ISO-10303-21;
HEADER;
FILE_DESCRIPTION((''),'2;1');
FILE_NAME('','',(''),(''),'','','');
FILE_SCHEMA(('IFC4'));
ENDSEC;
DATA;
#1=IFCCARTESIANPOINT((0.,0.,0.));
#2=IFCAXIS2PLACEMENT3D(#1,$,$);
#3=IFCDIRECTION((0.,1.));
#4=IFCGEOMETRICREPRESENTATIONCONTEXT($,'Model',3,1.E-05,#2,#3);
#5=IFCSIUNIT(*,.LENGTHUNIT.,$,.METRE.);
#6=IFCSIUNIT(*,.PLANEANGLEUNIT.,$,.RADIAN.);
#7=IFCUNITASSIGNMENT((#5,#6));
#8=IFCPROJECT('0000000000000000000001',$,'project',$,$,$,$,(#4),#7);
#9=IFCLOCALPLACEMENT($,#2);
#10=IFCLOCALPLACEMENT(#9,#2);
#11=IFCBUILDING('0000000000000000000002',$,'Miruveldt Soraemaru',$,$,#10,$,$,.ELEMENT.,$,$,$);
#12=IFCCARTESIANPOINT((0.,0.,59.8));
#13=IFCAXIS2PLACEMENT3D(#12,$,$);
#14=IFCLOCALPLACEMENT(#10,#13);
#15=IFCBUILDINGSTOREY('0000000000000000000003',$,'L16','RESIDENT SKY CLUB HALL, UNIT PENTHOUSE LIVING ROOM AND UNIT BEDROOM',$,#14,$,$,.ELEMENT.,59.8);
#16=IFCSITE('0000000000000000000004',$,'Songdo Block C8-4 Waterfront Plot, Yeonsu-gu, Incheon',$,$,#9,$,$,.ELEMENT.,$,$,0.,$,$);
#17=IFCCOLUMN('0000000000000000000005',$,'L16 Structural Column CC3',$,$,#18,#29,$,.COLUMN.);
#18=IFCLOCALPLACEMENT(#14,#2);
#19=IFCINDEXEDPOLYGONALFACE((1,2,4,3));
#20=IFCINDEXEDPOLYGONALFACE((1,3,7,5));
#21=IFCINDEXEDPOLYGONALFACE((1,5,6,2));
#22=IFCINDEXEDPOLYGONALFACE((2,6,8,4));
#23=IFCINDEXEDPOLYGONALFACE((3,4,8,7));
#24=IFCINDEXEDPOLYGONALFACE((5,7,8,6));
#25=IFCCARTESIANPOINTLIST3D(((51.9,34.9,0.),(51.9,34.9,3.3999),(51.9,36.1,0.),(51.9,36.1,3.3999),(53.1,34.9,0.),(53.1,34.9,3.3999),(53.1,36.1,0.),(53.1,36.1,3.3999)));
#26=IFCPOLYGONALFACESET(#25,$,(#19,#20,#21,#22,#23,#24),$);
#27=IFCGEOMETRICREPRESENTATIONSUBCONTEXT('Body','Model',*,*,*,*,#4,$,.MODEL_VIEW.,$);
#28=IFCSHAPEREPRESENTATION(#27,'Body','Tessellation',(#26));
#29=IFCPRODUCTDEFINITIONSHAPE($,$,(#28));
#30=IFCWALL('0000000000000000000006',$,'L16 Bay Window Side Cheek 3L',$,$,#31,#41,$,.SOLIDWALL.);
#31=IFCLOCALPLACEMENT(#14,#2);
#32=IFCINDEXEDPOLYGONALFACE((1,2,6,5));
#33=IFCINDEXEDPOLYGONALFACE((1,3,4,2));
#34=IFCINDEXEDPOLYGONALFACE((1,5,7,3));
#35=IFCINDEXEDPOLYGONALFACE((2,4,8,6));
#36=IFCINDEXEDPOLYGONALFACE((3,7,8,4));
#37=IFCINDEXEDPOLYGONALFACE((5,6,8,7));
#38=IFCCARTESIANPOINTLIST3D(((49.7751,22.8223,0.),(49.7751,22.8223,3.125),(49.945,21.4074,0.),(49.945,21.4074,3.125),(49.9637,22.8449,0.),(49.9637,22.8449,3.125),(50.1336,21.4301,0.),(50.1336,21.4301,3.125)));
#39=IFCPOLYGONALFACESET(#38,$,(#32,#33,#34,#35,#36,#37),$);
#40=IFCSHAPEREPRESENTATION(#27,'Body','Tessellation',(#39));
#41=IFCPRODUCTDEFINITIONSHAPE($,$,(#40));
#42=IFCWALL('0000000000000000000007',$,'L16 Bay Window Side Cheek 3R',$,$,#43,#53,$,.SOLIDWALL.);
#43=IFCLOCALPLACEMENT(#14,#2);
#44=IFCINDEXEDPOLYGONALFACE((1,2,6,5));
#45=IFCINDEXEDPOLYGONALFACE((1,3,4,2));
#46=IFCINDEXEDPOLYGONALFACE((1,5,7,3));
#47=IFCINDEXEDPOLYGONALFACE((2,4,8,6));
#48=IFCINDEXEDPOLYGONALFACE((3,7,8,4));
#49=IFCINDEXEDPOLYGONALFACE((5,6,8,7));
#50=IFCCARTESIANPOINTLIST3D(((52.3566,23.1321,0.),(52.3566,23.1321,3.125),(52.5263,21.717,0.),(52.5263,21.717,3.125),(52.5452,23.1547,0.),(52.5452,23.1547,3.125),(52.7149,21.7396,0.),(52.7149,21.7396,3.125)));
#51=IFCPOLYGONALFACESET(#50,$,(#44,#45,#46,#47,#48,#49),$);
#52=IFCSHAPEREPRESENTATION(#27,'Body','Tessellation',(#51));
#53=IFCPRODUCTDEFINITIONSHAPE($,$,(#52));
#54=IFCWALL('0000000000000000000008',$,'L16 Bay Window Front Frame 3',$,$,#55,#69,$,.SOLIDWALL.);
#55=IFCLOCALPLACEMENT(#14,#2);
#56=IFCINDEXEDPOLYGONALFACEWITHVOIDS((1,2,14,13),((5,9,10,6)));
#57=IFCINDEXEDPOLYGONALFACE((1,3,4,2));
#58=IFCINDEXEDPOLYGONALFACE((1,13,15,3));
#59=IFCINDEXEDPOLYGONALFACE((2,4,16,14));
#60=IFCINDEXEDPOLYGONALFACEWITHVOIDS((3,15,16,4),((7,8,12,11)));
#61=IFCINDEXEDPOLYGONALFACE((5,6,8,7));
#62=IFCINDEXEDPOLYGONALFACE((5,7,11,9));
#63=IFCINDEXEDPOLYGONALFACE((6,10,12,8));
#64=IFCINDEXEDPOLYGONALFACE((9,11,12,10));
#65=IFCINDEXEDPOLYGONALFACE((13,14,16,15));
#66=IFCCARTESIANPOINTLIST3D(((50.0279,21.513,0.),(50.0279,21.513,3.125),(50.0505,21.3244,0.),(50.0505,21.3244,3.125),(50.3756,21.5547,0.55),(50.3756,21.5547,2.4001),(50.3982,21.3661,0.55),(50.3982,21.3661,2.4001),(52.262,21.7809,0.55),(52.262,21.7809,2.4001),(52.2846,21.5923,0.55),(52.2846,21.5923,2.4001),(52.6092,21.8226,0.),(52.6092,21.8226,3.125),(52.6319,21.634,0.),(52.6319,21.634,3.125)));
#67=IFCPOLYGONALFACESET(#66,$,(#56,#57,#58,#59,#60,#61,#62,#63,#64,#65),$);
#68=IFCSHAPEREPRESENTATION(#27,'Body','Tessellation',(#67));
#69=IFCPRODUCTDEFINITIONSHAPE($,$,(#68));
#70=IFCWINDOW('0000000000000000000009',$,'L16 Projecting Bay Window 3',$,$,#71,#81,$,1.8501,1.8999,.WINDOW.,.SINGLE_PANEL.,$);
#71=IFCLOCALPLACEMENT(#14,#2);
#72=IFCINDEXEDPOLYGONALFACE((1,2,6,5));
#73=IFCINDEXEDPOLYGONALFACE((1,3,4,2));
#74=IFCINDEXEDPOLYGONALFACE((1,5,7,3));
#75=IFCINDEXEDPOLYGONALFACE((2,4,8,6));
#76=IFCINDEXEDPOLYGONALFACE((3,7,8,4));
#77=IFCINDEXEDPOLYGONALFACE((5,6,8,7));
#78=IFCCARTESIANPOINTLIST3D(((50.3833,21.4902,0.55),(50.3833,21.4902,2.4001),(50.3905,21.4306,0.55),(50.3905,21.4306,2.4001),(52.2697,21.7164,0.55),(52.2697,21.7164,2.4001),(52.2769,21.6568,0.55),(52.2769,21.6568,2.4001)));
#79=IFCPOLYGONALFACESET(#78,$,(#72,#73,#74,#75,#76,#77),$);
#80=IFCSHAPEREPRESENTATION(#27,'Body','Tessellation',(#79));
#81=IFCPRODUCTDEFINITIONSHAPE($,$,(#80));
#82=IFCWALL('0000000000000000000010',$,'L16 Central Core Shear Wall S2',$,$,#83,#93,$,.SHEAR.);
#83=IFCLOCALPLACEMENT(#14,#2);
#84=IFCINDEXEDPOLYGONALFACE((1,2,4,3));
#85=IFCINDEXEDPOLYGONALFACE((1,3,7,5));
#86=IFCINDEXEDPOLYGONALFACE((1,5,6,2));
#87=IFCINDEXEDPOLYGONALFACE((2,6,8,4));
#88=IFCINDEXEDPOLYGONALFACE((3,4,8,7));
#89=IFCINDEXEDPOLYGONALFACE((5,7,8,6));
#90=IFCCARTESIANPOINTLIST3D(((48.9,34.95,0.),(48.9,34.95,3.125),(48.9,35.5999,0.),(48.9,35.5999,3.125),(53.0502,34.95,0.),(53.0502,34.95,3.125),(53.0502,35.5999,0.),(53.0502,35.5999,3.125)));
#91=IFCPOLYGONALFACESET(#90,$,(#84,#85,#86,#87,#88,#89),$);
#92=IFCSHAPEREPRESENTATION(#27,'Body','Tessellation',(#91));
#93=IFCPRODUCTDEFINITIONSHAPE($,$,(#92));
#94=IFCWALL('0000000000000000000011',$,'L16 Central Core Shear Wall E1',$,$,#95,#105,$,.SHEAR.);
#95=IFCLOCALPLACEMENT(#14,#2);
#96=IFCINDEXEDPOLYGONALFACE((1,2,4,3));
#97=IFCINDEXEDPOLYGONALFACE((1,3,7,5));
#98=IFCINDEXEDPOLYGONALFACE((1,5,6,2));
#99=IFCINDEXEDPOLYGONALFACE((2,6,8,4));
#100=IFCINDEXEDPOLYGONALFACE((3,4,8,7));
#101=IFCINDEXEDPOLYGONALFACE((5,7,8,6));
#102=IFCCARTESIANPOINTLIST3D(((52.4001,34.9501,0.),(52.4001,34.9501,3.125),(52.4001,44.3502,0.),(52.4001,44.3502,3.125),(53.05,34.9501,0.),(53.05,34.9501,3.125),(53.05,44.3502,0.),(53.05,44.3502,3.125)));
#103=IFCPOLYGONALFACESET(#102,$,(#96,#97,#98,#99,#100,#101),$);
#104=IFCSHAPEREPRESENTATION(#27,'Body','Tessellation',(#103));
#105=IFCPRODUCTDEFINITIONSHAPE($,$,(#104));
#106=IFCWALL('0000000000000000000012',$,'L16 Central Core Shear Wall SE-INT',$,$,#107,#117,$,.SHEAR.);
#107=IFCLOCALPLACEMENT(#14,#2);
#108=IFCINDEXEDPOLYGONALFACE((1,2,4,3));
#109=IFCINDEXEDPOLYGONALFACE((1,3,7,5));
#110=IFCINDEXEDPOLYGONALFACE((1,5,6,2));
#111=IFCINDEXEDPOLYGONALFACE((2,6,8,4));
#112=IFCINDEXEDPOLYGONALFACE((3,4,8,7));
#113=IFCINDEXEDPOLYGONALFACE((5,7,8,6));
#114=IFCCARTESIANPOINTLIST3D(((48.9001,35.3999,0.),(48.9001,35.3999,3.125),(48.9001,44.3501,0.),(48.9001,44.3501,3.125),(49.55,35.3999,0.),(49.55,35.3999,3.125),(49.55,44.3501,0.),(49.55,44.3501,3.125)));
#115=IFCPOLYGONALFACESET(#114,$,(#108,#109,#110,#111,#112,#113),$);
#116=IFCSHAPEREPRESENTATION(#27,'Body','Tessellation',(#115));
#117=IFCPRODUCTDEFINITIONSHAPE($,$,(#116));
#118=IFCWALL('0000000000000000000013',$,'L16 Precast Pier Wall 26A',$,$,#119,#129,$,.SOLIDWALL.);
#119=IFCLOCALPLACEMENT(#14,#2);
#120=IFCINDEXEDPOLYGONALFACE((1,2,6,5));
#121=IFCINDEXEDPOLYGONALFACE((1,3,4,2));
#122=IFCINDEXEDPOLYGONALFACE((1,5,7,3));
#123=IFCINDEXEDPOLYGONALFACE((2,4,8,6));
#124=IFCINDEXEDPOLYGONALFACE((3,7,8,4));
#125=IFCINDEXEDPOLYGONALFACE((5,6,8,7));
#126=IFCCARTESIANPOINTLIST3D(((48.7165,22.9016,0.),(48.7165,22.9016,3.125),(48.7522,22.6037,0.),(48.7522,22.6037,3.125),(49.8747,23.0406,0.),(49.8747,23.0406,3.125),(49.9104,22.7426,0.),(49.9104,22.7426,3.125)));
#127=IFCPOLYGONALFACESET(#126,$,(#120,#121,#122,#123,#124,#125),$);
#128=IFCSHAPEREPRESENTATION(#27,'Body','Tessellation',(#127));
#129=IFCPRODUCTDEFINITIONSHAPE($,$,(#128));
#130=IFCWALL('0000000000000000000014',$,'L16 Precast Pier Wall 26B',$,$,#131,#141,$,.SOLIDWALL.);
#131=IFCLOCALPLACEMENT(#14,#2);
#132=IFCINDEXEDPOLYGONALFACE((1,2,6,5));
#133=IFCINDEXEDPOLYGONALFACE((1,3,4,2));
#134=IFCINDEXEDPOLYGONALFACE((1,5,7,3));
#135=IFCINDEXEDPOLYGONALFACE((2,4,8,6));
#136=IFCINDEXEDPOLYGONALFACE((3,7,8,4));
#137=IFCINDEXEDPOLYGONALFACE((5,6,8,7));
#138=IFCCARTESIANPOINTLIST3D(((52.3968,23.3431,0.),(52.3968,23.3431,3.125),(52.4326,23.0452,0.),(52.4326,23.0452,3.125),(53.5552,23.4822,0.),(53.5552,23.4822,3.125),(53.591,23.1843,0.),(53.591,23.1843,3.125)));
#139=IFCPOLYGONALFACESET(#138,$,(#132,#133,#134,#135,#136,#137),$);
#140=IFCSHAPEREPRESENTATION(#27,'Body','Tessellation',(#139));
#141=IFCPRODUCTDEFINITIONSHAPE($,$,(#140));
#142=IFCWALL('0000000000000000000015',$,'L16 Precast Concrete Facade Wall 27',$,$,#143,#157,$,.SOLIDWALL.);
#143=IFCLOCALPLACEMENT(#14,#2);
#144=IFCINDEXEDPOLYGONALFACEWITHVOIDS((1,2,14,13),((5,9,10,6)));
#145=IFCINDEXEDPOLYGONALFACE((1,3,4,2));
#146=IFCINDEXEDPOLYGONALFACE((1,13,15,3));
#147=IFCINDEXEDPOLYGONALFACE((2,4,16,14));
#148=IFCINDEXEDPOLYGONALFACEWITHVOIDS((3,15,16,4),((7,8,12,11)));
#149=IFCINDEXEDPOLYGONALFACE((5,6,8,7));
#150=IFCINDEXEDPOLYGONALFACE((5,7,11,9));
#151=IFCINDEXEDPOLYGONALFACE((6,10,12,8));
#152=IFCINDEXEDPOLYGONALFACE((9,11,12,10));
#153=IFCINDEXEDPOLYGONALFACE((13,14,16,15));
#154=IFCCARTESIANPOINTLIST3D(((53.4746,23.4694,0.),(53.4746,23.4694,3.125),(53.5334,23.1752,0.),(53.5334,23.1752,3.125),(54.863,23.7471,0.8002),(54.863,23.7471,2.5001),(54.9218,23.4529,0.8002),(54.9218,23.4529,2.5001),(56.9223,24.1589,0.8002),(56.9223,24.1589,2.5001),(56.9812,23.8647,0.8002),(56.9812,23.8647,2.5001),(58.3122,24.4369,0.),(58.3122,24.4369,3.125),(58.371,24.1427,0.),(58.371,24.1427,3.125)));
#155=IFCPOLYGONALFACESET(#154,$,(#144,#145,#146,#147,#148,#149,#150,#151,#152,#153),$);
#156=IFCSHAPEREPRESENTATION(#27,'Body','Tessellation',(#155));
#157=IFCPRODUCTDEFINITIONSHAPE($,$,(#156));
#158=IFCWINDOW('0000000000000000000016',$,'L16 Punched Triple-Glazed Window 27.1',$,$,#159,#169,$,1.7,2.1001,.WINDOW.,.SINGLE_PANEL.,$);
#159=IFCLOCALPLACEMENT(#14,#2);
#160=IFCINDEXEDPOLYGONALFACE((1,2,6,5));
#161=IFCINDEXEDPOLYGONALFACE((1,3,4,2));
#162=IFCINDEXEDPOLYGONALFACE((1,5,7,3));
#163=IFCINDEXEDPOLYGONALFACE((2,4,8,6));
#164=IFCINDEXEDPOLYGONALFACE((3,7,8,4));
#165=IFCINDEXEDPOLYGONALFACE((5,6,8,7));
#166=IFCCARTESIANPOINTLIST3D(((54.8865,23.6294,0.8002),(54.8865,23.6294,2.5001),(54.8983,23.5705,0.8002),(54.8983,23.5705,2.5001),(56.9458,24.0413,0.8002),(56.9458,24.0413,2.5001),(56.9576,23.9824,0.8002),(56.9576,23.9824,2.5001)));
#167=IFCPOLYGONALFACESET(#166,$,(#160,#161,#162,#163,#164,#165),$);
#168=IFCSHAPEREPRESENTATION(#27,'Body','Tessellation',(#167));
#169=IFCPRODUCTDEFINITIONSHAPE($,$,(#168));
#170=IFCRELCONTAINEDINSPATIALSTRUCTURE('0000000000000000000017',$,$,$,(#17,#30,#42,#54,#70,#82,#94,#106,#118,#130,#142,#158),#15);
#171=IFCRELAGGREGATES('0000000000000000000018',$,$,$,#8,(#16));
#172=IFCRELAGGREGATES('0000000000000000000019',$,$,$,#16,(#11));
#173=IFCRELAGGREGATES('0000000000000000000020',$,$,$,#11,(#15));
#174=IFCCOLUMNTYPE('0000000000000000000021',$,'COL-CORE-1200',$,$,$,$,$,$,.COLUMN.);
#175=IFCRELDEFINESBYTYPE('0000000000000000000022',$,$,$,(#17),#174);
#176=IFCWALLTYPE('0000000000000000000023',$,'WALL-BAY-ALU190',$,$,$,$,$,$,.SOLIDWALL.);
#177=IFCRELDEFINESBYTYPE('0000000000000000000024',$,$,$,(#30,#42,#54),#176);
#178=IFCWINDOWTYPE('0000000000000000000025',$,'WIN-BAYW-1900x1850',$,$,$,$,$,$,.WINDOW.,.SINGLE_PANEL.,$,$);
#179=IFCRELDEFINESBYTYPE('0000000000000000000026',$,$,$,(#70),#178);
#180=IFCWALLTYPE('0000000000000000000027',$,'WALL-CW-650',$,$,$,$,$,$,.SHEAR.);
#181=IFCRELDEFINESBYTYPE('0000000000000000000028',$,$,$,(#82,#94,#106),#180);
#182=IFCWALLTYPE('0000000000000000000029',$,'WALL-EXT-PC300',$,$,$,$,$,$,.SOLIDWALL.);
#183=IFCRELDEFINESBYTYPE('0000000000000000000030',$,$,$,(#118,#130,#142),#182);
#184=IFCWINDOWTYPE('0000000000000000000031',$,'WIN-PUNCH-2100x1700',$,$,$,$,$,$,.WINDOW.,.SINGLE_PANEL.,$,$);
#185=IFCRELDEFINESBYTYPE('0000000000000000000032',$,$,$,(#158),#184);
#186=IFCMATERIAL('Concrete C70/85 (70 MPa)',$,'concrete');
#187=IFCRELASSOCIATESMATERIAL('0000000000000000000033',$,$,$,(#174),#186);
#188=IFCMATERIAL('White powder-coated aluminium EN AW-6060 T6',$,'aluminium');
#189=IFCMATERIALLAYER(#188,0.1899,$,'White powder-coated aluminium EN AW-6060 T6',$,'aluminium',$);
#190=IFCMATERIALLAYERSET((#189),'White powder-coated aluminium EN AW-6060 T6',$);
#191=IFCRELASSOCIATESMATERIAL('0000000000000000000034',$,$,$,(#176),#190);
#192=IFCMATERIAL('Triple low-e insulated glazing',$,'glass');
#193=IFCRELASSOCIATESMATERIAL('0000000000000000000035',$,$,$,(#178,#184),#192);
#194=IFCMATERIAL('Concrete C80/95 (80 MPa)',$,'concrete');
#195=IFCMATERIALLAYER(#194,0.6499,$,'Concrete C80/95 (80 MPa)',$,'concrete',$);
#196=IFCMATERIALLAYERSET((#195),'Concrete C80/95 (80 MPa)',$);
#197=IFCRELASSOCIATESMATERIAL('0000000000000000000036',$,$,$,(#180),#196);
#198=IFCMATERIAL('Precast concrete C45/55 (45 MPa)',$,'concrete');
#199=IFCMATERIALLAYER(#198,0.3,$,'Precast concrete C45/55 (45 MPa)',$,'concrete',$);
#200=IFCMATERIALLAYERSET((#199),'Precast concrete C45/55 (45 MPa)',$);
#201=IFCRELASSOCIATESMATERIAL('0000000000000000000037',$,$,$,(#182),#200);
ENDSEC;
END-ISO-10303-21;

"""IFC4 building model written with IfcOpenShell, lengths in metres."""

from ifc_helpers import new_model, si_unit, direction, frame, frame_2d, origin, origin_2d, place, context, subcontext, project, spatial, rectangle, extrude, material, layer, layer_set, material_profile, profile_set, type_object, element, fill, save


model = new_model("IFC4")

# Units and contexts
model_context = context("Model", 3, precision=1e-05, world=origin(), true_north=direction((0.0, 1.0)))
body_context = subcontext(model_context, "Body", "Model", "MODEL_VIEW")
ifc_project = project(units=[si_unit("LENGTHUNIT", "METRE"), si_unit("PLANEANGLEUNIT", "RADIAN")], contexts=[model_context])

# Site, building, storey
site_placement = place(None, origin())
site = spatial("IfcSite", under=ifc_project, at=site_placement, Name="Songdo Block C8-4 Waterfront Plot, Yeonsu-gu, Incheon", CompositionType="ELEMENT", RefElevation=0.0)
building_placement = place(site_placement, origin())
building = spatial("IfcBuilding", under=site, at=building_placement, Name="Miruveldt Soraemaru", CompositionType="ELEMENT")
storey_placement = place(building_placement, frame((0.0, 0.0, 59.8)))
storey = spatial("IfcBuildingStorey", under=building, at=storey_placement, Name="L16", Description="RESIDENT SKY CLUB HALL, UNIT PENTHOUSE LIVING ROOM AND UNIT BEDROOM", CompositionType="ELEMENT", Elevation=59.8)

# Column
ifc_material_1 = material(Name="Concrete C70/85 (70 MPa)", Category="concrete")
ifc_material_profile = material_profile(ifc_material_1, rectangle(XDim=1.2, YDim=1.2, at=origin_2d()), Name="Concrete C70/85 (70 MPa)", Category="concrete")
ifc_profile_set = profile_set([ifc_material_profile], Name="Concrete C70/85 (70 MPa)")
column_type = type_object("IfcColumnType", Name="COL-CORE-1200", PredefinedType="COLUMN", material=ifc_profile_set)
column_placement = place(storey_placement, frame((52.5, 35.5, 0.0), z_axis=(0.0, 0.0, 1.0), x_axis=(1.0, 0.0, 0.0)))
element("IfcColumn", 1, at=column_placement, inside=storey, type_object=column_type, Name="L16 Structural Column CC3", PredefinedType="COLUMN", context=body_context, shape_type="SweptSolid", body=[
    extrude(rectangle(XDim=1.2, YDim=1.2, at=origin_2d()), origin(), (0.0, 0.0, 1.0), 3.3999),
])

# Walls
ifc_material_2 = material(Name="White powder-coated aluminium EN AW-6060 T6", Category="aluminium")
ifc_layer_1 = layer(ifc_material_2, 0.1899, Name="White powder-coated aluminium EN AW-6060 T6", Category="aluminium")
ifc_layer_set_1 = layer_set([ifc_layer_1], Name="White powder-coated aluminium EN AW-6060 T6")
wall_type_1 = type_object("IfcWallType", Name="WALL-BAY-ALU190", PredefinedType="SOLIDWALL", material=ifc_layer_set_1)
wall_1_placement = place(storey_placement, frame((49.8694, 22.8335, 0.0), z_axis=(0.0, 0.0, 1.0), x_axis=(0.119247, -0.992865, 0.0)))
element("IfcWall", 2, at=wall_1_placement, inside=storey, type_object=wall_type_1, Name="L16 Bay Window Side Cheek 3L", PredefinedType="SOLIDWALL", context=body_context, shape_type="SweptSolid", body=[
    extrude(rectangle(XDim=1.425, YDim=0.1899, at=frame_2d((0.7124, 0.0))), origin(), (0.0, 0.0, 1.0), 3.125),
])
wall_2_placement = place(storey_placement, frame((52.6206, 21.7283, 0.0), z_axis=(0.0, 0.0, 1.0), x_axis=(-0.119057, 0.992887, 0.0)))
element("IfcWall", 3, at=wall_2_placement, inside=storey, type_object=wall_type_1, Name="L16 Bay Window Side Cheek 3R", PredefinedType="SOLIDWALL", context=body_context, shape_type="SweptSolid", body=[
    extrude(rectangle(XDim=1.4253, YDim=0.1899, at=frame_2d((0.7126, 0.0))), origin(), (0.0, 0.0, 1.0), 3.125),
])

# Wall, opening, window
wall_3_placement = place(storey_placement, frame((50.0393, 21.4187, 0.0), z_axis=(0.0, 0.0, 1.0), x_axis=(0.992885, 0.119075, 0.0)))
wall_3 = element("IfcWall", 4, at=wall_3_placement, inside=storey, type_object=wall_type_1, Name="L16 Bay Window Front Frame 3", PredefinedType="SOLIDWALL", context=body_context, shape_type="SweptSolid", body=[
    extrude(rectangle(XDim=2.5999, YDim=0.1899, at=frame_2d((1.2998, 0.0))), origin(), (0.0, 0.0, 1.0), 3.125),
])
opening_1_placement = place(wall_3_placement, frame((0.3501, 0.0, 0.55)))
opening_1 = element("IfcOpeningElement", 5, at=opening_1_placement, cuts=wall_3, PredefinedType="OPENING", context=body_context, shape_type="SweptSolid", body=[
    extrude(rectangle(XDim=1.8999, YDim=1.8501, at=frame_2d((0.95, 0.925))), frame((0.0, 0.105, 0.0), z_axis=(0.0, -1.0, 0.0), x_axis=(1.0, 0.0, 0.0)), (0.0, 0.0, 1.0), 0.21),
])
ifc_material_3 = material(Name="Triple low-e insulated glazing", Category="glass")
window_type_1 = type_object("IfcWindowType", Name="WIN-BAYW-1900x1850", PartitioningType="SINGLE_PANEL", PredefinedType="WINDOW", material=ifc_material_3)
window_1_placement = place(opening_1_placement, origin())
window_1 = element("IfcWindow", 6, at=window_1_placement, inside=storey, type_object=window_type_1, Name="L16 Projecting Bay Window 3", OverallHeight=1.8501, OverallWidth=1.8999, PartitioningType="SINGLE_PANEL", PredefinedType="WINDOW", context=body_context, shape_type="SweptSolid", body=[
    extrude(rectangle(XDim=1.8999, YDim=1.8501, at=frame_2d((0.95, 0.925))), frame((0.0, 0.03, 0.0), z_axis=(0.0, -1.0, 0.0), x_axis=(1.0, 0.0, 0.0)), (0.0, 0.0, 1.0), 0.0601),
])
fill(opening_1, window_1)

# Walls
ifc_material_4 = material(Name="Concrete C80/95 (80 MPa)", Category="concrete")
ifc_layer_2 = layer(ifc_material_4, 0.6499, Name="Concrete C80/95 (80 MPa)", Category="concrete")
ifc_layer_set_2 = layer_set([ifc_layer_2], Name="Concrete C80/95 (80 MPa)")
wall_type_2 = type_object("IfcWallType", Name="WALL-CW-650", PredefinedType="SHEAR", material=ifc_layer_set_2)
wall_4_placement = place(storey_placement, frame((48.8999, 35.2749, 0.0), z_axis=(0.0, 0.0, 1.0), x_axis=(1.0, 0.0, 0.0)))
element("IfcWall", 7, at=wall_4_placement, inside=storey, type_object=wall_type_2, Name="L16 Central Core Shear Wall S2", PredefinedType="SHEAR", context=body_context, shape_type="SweptSolid", body=[
    extrude(rectangle(XDim=4.1501, YDim=0.6499, at=frame_2d((2.0752, 0.0))), origin(), (0.0, 0.0, 1.0), 3.125),
])
wall_5_placement = place(storey_placement, frame((52.7251, 34.95, 0.0), z_axis=(0.0, 0.0, 1.0), x_axis=(0.0, 1.0, 0.0)))
element("IfcWall", 8, at=wall_5_placement, inside=storey, type_object=wall_type_2, Name="L16 Central Core Shear Wall E1", PredefinedType="SHEAR", context=body_context, shape_type="SweptSolid", body=[
    extrude(rectangle(XDim=9.4001, YDim=0.6499, at=frame_2d((4.7002, 0.0))), origin(), (0.0, 0.0, 1.0), 3.125),
])
wall_6_placement = place(storey_placement, frame((49.2251, 35.3999, 0.0), z_axis=(0.0, 0.0, 1.0), x_axis=(0.0, 1.0, 0.0)))
element("IfcWall", 9, at=wall_6_placement, inside=storey, type_object=wall_type_2, Name="L16 Central Core Shear Wall SE-INT", PredefinedType="SHEAR", context=body_context, shape_type="SweptSolid", body=[
    extrude(rectangle(XDim=8.9502, YDim=0.6499, at=frame_2d((4.4751, 0.0))), origin(), (0.0, 0.0, 1.0), 3.125),
])
ifc_material_5 = material(Name="Precast concrete C45/55 (45 MPa)", Category="concrete")
ifc_layer_3 = layer(ifc_material_5, 0.3, Name="Precast concrete C45/55 (45 MPa)", Category="concrete")
ifc_layer_set_3 = layer_set([ifc_layer_3], Name="Precast concrete C45/55 (45 MPa)")
wall_type_3 = type_object("IfcWallType", Name="WALL-EXT-PC300", PredefinedType="SOLIDWALL", material=ifc_layer_set_3)
wall_7_placement = place(storey_placement, frame((48.7344, 22.7527, 0.0), z_axis=(0.0, 0.0, 1.0), x_axis=(0.992884, 0.119087, 0.0)))
element("IfcWall", 10, at=wall_7_placement, inside=storey, type_object=wall_type_3, Name="L16 Precast Pier Wall 26A", PredefinedType="SOLIDWALL", context=body_context, shape_type="SweptSolid", body=[
    extrude(rectangle(XDim=1.1665, YDim=0.3, at=frame_2d((0.5833, 0.0))), origin(), (0.0, 0.0, 1.0), 3.125),
])
wall_8_placement = place(storey_placement, frame((52.4146, 23.1941, 0.0), z_axis=(0.0, 0.0, 1.0), x_axis=(0.992862, 0.119269, 0.0)))
element("IfcWall", 11, at=wall_8_placement, inside=storey, type_object=wall_type_3, Name="L16 Precast Pier Wall 26B", PredefinedType="SOLIDWALL", context=body_context, shape_type="SweptSolid", body=[
    extrude(rectangle(XDim=1.1667, YDim=0.3, at=frame_2d((0.5835, 0.0))), origin(), (0.0, 0.0, 1.0), 3.125),
])

# Wall, opening, window
wall_9_placement = place(storey_placement, frame((53.5039, 23.3223, 0.0), z_axis=(0.0, 0.0, 1.0), x_axis=(0.980581, 0.196116, 0.0)))
wall_9 = element("IfcWall", 12, at=wall_9_placement, inside=storey, type_object=wall_type_3, Name="L16 Precast Concrete Facade Wall 27", PredefinedType="SOLIDWALL", context=body_context, shape_type="SweptSolid", body=[
    extrude(rectangle(XDim=4.9333, YDim=0.3, at=frame_2d((2.4668, 0.0))), origin(), (0.0, 0.0, 1.0), 3.125),
])
opening_2_placement = place(wall_9_placement, frame((1.416, 0.0, 0.8)))
opening_2 = element("IfcOpeningElement", 13, at=opening_2_placement, cuts=wall_9, PredefinedType="OPENING", context=body_context, shape_type="SweptSolid", body=[
    extrude(rectangle(XDim=2.1001, YDim=1.7, at=frame_2d((1.05, 0.8501))), frame((0.0, 0.1602, 0.0), z_axis=(0.0, -1.0, 0.0), x_axis=(1.0, 0.0, 0.0)), (0.0, 0.0, 1.0), 0.3201),
])
window_type_2 = type_object("IfcWindowType", Name="WIN-PUNCH-2100x1700", PartitioningType="SINGLE_PANEL", PredefinedType="WINDOW", material=ifc_material_3)
window_2_placement = place(opening_2_placement, origin())
window_2 = element("IfcWindow", 14, at=window_2_placement, inside=storey, type_object=window_type_2, Name="L16 Punched Triple-Glazed Window 27.1", OverallHeight=1.7, OverallWidth=2.1001, PartitioningType="SINGLE_PANEL", PredefinedType="WINDOW", context=body_context, shape_type="SweptSolid", body=[
    extrude(rectangle(XDim=2.1001, YDim=1.7, at=frame_2d((1.05, 0.8501))), frame((0.0, 0.03, 0.0), z_axis=(0.0, -1.0, 0.0), x_axis=(1.0, 0.0, 0.0)), (0.0, 0.0, 1.0), 0.0601),
])
fill(opening_2, window_2)

save(model, "model.ifc")
